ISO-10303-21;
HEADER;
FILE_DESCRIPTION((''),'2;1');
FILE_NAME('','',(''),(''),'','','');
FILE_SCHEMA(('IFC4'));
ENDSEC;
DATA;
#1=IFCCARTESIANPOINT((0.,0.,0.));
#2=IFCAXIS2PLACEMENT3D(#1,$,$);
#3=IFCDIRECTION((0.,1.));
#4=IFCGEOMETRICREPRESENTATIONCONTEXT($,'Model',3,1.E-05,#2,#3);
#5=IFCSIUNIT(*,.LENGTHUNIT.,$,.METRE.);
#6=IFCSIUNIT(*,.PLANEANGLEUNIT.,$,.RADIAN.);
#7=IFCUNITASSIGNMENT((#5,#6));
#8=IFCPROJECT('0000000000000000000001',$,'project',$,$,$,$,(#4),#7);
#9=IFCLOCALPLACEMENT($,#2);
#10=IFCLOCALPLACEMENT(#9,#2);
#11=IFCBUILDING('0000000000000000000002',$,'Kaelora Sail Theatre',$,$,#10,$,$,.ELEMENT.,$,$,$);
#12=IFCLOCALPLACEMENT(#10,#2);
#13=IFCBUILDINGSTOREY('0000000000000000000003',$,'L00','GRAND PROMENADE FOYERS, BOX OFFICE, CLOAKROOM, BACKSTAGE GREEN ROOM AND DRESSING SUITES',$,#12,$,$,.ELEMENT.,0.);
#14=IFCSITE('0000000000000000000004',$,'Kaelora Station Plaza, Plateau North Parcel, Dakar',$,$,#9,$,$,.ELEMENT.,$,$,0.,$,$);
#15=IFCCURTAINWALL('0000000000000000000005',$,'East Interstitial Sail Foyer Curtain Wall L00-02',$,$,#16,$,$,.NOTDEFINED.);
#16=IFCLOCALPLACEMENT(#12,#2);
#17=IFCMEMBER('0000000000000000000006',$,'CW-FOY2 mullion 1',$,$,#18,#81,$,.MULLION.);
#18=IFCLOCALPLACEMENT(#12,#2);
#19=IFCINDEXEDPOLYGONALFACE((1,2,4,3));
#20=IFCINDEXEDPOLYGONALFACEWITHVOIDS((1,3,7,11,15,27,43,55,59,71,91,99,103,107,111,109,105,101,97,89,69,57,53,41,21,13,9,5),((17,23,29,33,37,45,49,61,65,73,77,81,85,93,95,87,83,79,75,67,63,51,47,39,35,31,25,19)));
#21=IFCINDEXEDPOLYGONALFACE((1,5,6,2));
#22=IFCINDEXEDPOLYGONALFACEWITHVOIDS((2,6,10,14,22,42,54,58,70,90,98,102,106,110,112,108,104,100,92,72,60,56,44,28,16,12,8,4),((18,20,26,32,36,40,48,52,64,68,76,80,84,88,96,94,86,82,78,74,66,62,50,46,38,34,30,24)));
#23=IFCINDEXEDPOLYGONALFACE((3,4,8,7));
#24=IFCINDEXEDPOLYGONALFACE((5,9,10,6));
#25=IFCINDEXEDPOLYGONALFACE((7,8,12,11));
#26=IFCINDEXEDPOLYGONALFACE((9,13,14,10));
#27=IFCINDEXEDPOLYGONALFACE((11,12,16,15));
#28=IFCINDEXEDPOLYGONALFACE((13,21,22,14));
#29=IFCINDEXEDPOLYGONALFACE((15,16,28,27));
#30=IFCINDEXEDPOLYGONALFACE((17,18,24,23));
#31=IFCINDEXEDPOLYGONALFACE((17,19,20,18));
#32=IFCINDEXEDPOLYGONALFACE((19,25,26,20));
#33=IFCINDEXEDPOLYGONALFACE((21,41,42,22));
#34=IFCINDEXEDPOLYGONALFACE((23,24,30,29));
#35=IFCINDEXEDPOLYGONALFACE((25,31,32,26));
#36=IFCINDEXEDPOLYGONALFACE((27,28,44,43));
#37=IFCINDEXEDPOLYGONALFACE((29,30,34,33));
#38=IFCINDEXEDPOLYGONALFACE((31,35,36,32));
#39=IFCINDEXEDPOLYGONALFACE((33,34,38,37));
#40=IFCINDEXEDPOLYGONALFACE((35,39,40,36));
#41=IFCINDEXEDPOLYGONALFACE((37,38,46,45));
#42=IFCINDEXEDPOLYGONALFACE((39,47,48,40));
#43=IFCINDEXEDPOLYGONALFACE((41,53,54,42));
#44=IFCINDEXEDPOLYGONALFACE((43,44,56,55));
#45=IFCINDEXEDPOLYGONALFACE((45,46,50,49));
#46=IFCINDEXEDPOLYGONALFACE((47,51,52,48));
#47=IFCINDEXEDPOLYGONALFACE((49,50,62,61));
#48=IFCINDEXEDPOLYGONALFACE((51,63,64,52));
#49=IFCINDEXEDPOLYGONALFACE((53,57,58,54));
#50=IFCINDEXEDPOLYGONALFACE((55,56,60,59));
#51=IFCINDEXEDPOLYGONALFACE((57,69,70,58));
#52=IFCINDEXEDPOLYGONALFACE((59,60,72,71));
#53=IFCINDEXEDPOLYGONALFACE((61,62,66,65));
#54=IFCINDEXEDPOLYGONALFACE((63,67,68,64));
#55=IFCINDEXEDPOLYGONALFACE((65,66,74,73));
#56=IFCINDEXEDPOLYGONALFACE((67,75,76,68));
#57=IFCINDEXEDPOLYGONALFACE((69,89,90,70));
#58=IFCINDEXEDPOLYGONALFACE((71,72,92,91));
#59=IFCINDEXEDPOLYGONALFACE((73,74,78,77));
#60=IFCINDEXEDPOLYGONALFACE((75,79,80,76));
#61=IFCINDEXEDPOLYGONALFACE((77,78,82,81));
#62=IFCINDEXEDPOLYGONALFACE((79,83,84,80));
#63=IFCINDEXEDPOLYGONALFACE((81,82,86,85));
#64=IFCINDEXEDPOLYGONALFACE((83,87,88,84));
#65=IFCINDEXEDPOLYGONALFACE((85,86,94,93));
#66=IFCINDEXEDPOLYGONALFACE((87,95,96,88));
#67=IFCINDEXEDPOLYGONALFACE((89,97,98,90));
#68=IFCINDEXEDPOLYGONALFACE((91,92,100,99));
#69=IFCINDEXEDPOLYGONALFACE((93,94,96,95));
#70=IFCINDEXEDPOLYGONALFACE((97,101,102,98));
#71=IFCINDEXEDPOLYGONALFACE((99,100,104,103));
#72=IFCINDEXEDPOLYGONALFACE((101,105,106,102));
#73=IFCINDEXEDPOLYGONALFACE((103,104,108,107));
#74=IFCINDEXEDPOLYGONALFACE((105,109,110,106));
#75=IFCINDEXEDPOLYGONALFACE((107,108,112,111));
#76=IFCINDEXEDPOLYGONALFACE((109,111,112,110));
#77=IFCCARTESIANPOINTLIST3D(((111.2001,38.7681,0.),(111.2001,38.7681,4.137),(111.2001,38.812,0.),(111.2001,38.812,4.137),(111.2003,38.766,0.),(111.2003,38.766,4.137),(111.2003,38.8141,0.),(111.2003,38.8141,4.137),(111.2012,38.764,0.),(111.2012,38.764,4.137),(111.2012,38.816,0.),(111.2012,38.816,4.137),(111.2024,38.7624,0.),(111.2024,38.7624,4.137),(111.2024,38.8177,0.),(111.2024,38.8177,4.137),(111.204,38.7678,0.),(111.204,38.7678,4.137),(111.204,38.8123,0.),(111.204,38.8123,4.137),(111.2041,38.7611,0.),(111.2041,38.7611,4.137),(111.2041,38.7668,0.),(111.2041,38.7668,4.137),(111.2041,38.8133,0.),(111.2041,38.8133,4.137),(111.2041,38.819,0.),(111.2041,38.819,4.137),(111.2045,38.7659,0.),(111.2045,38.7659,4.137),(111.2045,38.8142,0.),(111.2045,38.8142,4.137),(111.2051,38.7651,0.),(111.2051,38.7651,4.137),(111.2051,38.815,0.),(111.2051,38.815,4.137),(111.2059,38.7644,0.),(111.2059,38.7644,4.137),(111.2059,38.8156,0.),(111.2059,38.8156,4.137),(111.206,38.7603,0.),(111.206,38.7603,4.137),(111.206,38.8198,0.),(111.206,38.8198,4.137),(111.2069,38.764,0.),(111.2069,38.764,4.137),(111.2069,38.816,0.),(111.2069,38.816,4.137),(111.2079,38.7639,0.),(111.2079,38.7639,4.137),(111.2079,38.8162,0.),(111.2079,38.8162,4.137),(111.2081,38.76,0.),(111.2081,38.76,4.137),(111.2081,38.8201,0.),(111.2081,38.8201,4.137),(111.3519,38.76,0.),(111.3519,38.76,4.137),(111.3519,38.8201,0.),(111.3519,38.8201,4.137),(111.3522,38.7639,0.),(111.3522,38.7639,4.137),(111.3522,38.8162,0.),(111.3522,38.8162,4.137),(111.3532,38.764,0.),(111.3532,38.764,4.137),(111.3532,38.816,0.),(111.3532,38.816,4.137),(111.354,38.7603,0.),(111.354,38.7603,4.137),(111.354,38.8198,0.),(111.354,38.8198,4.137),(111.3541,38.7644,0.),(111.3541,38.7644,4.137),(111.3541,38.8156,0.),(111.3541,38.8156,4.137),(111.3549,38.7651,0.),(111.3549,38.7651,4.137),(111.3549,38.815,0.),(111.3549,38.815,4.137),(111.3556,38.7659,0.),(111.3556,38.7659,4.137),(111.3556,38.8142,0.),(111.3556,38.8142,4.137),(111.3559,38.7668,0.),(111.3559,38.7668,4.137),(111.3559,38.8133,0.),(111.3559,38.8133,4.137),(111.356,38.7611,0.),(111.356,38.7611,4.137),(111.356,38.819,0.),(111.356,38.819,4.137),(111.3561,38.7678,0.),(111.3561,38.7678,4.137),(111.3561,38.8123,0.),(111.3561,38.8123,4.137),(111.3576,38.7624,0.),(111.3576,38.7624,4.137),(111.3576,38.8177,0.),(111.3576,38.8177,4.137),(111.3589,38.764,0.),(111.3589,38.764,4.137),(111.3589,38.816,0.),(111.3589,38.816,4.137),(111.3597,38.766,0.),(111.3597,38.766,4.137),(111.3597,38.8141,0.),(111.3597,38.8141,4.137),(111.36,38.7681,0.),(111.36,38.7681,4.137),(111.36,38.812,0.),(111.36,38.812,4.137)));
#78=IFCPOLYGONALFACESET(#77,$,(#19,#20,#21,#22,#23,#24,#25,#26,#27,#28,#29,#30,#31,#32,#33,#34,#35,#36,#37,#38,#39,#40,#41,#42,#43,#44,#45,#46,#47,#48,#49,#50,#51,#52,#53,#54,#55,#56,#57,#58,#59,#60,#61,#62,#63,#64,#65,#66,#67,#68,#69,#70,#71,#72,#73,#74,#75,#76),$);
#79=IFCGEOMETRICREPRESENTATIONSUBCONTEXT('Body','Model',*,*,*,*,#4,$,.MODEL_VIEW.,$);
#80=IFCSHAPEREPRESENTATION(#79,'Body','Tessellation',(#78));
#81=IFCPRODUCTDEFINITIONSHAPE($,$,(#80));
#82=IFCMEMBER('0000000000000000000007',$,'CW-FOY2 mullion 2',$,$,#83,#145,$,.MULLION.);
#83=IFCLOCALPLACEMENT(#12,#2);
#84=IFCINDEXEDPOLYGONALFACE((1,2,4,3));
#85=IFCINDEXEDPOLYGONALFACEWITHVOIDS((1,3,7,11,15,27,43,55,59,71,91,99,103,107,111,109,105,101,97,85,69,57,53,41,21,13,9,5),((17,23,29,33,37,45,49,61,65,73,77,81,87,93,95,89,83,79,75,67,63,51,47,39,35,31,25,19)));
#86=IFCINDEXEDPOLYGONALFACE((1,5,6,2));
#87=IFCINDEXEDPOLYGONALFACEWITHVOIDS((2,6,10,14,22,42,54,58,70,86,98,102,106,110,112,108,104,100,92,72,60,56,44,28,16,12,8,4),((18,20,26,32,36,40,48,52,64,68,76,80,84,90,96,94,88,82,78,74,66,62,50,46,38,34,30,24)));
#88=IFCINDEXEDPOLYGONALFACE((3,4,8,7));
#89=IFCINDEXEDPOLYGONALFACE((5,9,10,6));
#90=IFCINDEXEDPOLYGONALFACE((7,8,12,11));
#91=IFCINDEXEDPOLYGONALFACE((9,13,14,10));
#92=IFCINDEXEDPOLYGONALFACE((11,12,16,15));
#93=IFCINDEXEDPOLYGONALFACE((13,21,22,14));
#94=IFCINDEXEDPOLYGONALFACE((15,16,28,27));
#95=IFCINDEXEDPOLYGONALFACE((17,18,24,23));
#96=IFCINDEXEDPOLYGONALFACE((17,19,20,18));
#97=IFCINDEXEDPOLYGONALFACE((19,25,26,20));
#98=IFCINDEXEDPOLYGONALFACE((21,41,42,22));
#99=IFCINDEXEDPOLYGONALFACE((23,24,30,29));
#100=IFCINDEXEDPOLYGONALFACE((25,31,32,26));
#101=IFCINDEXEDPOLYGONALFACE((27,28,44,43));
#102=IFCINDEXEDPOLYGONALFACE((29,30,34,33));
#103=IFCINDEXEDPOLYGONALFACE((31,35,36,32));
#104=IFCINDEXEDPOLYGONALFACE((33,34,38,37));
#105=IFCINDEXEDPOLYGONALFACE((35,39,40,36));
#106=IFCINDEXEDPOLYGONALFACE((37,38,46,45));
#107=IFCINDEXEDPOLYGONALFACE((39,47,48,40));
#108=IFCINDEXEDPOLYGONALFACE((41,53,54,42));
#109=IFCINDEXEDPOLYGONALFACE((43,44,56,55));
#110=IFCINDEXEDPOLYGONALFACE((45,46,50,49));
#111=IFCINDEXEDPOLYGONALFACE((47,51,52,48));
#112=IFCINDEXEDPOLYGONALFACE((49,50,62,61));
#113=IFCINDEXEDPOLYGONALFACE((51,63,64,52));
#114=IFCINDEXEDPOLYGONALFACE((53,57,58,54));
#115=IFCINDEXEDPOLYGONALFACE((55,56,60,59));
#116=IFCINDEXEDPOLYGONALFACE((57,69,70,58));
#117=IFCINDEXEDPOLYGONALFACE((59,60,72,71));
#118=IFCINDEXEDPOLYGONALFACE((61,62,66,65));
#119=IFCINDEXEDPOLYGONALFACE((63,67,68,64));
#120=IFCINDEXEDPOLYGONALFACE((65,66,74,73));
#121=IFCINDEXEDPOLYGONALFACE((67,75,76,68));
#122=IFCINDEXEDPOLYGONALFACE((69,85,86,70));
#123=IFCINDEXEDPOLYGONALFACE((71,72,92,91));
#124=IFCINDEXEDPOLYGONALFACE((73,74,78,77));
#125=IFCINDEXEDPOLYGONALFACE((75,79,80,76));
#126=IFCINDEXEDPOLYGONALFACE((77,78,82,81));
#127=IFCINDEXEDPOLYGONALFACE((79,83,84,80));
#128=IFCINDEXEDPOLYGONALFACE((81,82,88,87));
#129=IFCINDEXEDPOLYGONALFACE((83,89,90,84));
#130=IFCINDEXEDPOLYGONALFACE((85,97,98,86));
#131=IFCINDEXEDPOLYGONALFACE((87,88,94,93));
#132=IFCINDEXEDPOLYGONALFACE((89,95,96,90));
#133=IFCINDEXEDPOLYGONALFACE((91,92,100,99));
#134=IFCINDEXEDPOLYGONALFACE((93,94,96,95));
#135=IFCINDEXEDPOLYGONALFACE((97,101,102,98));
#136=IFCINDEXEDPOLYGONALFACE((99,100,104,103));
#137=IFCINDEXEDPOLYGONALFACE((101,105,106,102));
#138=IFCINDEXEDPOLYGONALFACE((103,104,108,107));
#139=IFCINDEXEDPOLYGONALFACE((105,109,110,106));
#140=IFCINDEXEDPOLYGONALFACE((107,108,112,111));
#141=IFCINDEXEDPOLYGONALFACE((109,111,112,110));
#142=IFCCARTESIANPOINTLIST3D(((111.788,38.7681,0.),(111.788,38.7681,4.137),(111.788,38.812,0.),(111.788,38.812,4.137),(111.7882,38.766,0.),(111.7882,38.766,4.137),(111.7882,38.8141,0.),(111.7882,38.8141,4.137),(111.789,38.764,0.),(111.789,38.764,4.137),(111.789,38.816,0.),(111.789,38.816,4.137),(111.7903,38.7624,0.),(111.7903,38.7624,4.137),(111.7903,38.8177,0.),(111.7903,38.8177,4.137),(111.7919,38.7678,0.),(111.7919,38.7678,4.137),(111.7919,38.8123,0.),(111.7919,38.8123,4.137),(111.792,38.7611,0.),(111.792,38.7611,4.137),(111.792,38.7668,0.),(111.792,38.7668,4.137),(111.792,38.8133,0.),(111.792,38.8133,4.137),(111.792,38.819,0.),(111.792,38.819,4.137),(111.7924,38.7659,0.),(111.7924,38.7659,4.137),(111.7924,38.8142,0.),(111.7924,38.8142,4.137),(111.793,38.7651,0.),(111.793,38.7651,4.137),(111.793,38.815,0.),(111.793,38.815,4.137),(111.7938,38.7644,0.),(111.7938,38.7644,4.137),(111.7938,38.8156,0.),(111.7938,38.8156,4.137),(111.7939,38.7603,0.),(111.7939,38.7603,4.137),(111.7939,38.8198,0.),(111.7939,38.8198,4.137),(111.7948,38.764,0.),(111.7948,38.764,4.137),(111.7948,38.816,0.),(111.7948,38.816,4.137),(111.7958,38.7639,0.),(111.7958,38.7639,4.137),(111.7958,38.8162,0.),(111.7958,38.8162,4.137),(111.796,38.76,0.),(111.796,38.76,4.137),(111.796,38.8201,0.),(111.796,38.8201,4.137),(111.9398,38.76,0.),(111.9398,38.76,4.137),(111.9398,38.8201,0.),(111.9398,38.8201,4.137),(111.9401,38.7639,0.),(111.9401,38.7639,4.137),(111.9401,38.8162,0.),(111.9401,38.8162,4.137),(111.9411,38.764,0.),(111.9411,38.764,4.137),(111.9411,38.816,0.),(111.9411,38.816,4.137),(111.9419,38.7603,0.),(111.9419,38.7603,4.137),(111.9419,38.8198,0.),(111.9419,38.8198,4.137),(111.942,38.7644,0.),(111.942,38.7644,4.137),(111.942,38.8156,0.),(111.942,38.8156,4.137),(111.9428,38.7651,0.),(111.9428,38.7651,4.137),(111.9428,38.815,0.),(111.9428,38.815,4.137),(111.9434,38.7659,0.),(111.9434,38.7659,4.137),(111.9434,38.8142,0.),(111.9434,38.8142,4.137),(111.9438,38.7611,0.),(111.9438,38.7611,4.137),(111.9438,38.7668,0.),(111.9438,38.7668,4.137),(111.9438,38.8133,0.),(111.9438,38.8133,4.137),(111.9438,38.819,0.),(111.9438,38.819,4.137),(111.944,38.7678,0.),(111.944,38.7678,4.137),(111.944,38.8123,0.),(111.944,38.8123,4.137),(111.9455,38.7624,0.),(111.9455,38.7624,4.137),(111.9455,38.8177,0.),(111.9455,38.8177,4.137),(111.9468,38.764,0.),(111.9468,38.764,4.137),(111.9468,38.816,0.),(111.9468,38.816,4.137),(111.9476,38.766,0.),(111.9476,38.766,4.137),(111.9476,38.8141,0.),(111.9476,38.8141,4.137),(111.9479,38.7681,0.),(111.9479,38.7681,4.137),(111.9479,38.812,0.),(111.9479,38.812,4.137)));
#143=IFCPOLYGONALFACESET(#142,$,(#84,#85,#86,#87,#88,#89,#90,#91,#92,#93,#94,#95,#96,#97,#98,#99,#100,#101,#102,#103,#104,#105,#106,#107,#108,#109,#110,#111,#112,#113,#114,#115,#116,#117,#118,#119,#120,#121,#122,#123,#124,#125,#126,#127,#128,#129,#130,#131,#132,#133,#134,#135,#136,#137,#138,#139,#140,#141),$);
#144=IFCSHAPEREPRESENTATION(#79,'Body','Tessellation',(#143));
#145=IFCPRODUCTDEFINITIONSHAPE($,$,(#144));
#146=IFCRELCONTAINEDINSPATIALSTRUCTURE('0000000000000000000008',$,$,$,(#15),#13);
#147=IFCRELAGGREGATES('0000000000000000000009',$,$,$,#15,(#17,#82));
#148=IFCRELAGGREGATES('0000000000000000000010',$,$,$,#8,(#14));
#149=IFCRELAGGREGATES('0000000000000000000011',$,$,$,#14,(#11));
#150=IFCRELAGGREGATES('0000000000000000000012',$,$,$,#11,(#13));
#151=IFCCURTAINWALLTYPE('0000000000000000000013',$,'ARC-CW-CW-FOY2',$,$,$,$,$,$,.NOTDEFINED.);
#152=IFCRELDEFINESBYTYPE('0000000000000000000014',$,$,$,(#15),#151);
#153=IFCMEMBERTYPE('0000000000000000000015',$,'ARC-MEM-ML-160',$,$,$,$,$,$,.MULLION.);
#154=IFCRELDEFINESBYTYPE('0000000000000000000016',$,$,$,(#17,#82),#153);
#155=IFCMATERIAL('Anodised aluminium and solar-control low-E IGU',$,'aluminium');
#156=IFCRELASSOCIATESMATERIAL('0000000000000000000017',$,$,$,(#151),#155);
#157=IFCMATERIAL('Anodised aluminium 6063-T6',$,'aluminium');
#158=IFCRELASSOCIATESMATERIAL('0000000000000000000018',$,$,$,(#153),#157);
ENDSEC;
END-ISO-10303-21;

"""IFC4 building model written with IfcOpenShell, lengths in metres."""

from ifc_helpers import new_model, si_unit, direction, frame, origin, origin_2d, place, context, subcontext, project, spatial, hollow_rectangle, extrude, material, material_profile, profile_set, type_object, element, aggregate, save


model = new_model("IFC4")

# Units and contexts
model_context = context("Model", 3, precision=1e-05, world=origin(), true_north=direction((0.0, 1.0)))
body_context = subcontext(model_context, "Body", "Model", "MODEL_VIEW")
ifc_project = project(units=[si_unit("LENGTHUNIT", "METRE"), si_unit("PLANEANGLEUNIT", "RADIAN")], contexts=[model_context])

# Site, building, storey
site_placement = place(None, origin())
site = spatial("IfcSite", under=ifc_project, at=site_placement, Name="Kaelora Station Plaza, Plateau North Parcel, Dakar", CompositionType="ELEMENT", RefElevation=0.0)
building_placement = place(site_placement, origin())
building = spatial("IfcBuilding", under=site, at=building_placement, Name="Kaelora Sail Theatre", CompositionType="ELEMENT")
storey_placement = place(building_placement, origin())
storey = spatial("IfcBuildingStorey", under=building, at=storey_placement, Name="L00", Description="GRAND PROMENADE FOYERS, BOX OFFICE, CLOAKROOM, BACKSTAGE GREEN ROOM AND DRESSING SUITES", CompositionType="ELEMENT", Elevation=0.0)

# Curtain wall, members
ifc_material_1 = material(Name="Anodised aluminium and solar-control low-E IGU", Category="aluminium")
curtain_wall_type = type_object("IfcCurtainWallType", Name="ARC-CW-CW-FOY2", PredefinedType="NOTDEFINED", material=ifc_material_1)
ifc_material_2 = material(Name="Anodised aluminium 6063-T6", Category="aluminium")
ifc_material_profile_1 = material_profile(ifc_material_2, hollow_rectangle(XDim=0.0601, YDim=0.1599, WallThickness=0.0039, InnerFilletRadius=0.0039, OuterFilletRadius=0.0081, at=origin_2d()), Name="ALU-MULL 60x160x4")
ifc_profile_set_1 = profile_set([ifc_material_profile_1], Name="Anodised aluminium 6063-T6")
member_type_1 = type_object("IfcMemberType", Name="ARC-MEM-ML-160", PredefinedType="MULLION", material=ifc_profile_set_1)
curtain_wall_1_placement = place(storey_placement, origin())
curtain_wall_1 = element("IfcCurtainWall", 1, at=curtain_wall_1_placement, inside=storey, type_object=curtain_wall_type, Name="East Interstitial Sail Foyer Curtain Wall L00-02", PredefinedType="NOTDEFINED")
member_1_placement = place(storey_placement, frame((111.28, 38.79, 0.0), z_axis=(0.0, 0.0, 1.0), x_axis=(0.0, 1.0, 0.0)))
member_1 = element("IfcMember", 2, at=member_1_placement, type_object=member_type_1, Name="CW-FOY2 mullion 1", PredefinedType="MULLION", context=body_context, shape_type="SweptSolid", body=[
    extrude(hollow_rectangle(XDim=0.0601, YDim=0.1599, WallThickness=0.0039, InnerFilletRadius=0.0039, OuterFilletRadius=0.0081, at=origin_2d()), origin(), (0.0, 0.0, 1.0), 4.137),
])
member_2_placement = place(storey_placement, frame((111.8679, 38.79, 0.0), z_axis=(0.0, 0.0, 1.0), x_axis=(0.0, 1.0, 0.0)))
member_2 = element("IfcMember", 3, at=member_2_placement, type_object=member_type_1, Name="CW-FOY2 mullion 2", PredefinedType="MULLION", context=body_context, shape_type="SweptSolid", body=[
    extrude(hollow_rectangle(XDim=0.0601, YDim=0.1599, WallThickness=0.0039, InnerFilletRadius=0.0039, OuterFilletRadius=0.0081, at=origin_2d()), origin(), (0.0, 0.0, 1.0), 4.137),
])

aggregate(curtain_wall_1, [member_1, member_2])

save(model, "model.ifc")
